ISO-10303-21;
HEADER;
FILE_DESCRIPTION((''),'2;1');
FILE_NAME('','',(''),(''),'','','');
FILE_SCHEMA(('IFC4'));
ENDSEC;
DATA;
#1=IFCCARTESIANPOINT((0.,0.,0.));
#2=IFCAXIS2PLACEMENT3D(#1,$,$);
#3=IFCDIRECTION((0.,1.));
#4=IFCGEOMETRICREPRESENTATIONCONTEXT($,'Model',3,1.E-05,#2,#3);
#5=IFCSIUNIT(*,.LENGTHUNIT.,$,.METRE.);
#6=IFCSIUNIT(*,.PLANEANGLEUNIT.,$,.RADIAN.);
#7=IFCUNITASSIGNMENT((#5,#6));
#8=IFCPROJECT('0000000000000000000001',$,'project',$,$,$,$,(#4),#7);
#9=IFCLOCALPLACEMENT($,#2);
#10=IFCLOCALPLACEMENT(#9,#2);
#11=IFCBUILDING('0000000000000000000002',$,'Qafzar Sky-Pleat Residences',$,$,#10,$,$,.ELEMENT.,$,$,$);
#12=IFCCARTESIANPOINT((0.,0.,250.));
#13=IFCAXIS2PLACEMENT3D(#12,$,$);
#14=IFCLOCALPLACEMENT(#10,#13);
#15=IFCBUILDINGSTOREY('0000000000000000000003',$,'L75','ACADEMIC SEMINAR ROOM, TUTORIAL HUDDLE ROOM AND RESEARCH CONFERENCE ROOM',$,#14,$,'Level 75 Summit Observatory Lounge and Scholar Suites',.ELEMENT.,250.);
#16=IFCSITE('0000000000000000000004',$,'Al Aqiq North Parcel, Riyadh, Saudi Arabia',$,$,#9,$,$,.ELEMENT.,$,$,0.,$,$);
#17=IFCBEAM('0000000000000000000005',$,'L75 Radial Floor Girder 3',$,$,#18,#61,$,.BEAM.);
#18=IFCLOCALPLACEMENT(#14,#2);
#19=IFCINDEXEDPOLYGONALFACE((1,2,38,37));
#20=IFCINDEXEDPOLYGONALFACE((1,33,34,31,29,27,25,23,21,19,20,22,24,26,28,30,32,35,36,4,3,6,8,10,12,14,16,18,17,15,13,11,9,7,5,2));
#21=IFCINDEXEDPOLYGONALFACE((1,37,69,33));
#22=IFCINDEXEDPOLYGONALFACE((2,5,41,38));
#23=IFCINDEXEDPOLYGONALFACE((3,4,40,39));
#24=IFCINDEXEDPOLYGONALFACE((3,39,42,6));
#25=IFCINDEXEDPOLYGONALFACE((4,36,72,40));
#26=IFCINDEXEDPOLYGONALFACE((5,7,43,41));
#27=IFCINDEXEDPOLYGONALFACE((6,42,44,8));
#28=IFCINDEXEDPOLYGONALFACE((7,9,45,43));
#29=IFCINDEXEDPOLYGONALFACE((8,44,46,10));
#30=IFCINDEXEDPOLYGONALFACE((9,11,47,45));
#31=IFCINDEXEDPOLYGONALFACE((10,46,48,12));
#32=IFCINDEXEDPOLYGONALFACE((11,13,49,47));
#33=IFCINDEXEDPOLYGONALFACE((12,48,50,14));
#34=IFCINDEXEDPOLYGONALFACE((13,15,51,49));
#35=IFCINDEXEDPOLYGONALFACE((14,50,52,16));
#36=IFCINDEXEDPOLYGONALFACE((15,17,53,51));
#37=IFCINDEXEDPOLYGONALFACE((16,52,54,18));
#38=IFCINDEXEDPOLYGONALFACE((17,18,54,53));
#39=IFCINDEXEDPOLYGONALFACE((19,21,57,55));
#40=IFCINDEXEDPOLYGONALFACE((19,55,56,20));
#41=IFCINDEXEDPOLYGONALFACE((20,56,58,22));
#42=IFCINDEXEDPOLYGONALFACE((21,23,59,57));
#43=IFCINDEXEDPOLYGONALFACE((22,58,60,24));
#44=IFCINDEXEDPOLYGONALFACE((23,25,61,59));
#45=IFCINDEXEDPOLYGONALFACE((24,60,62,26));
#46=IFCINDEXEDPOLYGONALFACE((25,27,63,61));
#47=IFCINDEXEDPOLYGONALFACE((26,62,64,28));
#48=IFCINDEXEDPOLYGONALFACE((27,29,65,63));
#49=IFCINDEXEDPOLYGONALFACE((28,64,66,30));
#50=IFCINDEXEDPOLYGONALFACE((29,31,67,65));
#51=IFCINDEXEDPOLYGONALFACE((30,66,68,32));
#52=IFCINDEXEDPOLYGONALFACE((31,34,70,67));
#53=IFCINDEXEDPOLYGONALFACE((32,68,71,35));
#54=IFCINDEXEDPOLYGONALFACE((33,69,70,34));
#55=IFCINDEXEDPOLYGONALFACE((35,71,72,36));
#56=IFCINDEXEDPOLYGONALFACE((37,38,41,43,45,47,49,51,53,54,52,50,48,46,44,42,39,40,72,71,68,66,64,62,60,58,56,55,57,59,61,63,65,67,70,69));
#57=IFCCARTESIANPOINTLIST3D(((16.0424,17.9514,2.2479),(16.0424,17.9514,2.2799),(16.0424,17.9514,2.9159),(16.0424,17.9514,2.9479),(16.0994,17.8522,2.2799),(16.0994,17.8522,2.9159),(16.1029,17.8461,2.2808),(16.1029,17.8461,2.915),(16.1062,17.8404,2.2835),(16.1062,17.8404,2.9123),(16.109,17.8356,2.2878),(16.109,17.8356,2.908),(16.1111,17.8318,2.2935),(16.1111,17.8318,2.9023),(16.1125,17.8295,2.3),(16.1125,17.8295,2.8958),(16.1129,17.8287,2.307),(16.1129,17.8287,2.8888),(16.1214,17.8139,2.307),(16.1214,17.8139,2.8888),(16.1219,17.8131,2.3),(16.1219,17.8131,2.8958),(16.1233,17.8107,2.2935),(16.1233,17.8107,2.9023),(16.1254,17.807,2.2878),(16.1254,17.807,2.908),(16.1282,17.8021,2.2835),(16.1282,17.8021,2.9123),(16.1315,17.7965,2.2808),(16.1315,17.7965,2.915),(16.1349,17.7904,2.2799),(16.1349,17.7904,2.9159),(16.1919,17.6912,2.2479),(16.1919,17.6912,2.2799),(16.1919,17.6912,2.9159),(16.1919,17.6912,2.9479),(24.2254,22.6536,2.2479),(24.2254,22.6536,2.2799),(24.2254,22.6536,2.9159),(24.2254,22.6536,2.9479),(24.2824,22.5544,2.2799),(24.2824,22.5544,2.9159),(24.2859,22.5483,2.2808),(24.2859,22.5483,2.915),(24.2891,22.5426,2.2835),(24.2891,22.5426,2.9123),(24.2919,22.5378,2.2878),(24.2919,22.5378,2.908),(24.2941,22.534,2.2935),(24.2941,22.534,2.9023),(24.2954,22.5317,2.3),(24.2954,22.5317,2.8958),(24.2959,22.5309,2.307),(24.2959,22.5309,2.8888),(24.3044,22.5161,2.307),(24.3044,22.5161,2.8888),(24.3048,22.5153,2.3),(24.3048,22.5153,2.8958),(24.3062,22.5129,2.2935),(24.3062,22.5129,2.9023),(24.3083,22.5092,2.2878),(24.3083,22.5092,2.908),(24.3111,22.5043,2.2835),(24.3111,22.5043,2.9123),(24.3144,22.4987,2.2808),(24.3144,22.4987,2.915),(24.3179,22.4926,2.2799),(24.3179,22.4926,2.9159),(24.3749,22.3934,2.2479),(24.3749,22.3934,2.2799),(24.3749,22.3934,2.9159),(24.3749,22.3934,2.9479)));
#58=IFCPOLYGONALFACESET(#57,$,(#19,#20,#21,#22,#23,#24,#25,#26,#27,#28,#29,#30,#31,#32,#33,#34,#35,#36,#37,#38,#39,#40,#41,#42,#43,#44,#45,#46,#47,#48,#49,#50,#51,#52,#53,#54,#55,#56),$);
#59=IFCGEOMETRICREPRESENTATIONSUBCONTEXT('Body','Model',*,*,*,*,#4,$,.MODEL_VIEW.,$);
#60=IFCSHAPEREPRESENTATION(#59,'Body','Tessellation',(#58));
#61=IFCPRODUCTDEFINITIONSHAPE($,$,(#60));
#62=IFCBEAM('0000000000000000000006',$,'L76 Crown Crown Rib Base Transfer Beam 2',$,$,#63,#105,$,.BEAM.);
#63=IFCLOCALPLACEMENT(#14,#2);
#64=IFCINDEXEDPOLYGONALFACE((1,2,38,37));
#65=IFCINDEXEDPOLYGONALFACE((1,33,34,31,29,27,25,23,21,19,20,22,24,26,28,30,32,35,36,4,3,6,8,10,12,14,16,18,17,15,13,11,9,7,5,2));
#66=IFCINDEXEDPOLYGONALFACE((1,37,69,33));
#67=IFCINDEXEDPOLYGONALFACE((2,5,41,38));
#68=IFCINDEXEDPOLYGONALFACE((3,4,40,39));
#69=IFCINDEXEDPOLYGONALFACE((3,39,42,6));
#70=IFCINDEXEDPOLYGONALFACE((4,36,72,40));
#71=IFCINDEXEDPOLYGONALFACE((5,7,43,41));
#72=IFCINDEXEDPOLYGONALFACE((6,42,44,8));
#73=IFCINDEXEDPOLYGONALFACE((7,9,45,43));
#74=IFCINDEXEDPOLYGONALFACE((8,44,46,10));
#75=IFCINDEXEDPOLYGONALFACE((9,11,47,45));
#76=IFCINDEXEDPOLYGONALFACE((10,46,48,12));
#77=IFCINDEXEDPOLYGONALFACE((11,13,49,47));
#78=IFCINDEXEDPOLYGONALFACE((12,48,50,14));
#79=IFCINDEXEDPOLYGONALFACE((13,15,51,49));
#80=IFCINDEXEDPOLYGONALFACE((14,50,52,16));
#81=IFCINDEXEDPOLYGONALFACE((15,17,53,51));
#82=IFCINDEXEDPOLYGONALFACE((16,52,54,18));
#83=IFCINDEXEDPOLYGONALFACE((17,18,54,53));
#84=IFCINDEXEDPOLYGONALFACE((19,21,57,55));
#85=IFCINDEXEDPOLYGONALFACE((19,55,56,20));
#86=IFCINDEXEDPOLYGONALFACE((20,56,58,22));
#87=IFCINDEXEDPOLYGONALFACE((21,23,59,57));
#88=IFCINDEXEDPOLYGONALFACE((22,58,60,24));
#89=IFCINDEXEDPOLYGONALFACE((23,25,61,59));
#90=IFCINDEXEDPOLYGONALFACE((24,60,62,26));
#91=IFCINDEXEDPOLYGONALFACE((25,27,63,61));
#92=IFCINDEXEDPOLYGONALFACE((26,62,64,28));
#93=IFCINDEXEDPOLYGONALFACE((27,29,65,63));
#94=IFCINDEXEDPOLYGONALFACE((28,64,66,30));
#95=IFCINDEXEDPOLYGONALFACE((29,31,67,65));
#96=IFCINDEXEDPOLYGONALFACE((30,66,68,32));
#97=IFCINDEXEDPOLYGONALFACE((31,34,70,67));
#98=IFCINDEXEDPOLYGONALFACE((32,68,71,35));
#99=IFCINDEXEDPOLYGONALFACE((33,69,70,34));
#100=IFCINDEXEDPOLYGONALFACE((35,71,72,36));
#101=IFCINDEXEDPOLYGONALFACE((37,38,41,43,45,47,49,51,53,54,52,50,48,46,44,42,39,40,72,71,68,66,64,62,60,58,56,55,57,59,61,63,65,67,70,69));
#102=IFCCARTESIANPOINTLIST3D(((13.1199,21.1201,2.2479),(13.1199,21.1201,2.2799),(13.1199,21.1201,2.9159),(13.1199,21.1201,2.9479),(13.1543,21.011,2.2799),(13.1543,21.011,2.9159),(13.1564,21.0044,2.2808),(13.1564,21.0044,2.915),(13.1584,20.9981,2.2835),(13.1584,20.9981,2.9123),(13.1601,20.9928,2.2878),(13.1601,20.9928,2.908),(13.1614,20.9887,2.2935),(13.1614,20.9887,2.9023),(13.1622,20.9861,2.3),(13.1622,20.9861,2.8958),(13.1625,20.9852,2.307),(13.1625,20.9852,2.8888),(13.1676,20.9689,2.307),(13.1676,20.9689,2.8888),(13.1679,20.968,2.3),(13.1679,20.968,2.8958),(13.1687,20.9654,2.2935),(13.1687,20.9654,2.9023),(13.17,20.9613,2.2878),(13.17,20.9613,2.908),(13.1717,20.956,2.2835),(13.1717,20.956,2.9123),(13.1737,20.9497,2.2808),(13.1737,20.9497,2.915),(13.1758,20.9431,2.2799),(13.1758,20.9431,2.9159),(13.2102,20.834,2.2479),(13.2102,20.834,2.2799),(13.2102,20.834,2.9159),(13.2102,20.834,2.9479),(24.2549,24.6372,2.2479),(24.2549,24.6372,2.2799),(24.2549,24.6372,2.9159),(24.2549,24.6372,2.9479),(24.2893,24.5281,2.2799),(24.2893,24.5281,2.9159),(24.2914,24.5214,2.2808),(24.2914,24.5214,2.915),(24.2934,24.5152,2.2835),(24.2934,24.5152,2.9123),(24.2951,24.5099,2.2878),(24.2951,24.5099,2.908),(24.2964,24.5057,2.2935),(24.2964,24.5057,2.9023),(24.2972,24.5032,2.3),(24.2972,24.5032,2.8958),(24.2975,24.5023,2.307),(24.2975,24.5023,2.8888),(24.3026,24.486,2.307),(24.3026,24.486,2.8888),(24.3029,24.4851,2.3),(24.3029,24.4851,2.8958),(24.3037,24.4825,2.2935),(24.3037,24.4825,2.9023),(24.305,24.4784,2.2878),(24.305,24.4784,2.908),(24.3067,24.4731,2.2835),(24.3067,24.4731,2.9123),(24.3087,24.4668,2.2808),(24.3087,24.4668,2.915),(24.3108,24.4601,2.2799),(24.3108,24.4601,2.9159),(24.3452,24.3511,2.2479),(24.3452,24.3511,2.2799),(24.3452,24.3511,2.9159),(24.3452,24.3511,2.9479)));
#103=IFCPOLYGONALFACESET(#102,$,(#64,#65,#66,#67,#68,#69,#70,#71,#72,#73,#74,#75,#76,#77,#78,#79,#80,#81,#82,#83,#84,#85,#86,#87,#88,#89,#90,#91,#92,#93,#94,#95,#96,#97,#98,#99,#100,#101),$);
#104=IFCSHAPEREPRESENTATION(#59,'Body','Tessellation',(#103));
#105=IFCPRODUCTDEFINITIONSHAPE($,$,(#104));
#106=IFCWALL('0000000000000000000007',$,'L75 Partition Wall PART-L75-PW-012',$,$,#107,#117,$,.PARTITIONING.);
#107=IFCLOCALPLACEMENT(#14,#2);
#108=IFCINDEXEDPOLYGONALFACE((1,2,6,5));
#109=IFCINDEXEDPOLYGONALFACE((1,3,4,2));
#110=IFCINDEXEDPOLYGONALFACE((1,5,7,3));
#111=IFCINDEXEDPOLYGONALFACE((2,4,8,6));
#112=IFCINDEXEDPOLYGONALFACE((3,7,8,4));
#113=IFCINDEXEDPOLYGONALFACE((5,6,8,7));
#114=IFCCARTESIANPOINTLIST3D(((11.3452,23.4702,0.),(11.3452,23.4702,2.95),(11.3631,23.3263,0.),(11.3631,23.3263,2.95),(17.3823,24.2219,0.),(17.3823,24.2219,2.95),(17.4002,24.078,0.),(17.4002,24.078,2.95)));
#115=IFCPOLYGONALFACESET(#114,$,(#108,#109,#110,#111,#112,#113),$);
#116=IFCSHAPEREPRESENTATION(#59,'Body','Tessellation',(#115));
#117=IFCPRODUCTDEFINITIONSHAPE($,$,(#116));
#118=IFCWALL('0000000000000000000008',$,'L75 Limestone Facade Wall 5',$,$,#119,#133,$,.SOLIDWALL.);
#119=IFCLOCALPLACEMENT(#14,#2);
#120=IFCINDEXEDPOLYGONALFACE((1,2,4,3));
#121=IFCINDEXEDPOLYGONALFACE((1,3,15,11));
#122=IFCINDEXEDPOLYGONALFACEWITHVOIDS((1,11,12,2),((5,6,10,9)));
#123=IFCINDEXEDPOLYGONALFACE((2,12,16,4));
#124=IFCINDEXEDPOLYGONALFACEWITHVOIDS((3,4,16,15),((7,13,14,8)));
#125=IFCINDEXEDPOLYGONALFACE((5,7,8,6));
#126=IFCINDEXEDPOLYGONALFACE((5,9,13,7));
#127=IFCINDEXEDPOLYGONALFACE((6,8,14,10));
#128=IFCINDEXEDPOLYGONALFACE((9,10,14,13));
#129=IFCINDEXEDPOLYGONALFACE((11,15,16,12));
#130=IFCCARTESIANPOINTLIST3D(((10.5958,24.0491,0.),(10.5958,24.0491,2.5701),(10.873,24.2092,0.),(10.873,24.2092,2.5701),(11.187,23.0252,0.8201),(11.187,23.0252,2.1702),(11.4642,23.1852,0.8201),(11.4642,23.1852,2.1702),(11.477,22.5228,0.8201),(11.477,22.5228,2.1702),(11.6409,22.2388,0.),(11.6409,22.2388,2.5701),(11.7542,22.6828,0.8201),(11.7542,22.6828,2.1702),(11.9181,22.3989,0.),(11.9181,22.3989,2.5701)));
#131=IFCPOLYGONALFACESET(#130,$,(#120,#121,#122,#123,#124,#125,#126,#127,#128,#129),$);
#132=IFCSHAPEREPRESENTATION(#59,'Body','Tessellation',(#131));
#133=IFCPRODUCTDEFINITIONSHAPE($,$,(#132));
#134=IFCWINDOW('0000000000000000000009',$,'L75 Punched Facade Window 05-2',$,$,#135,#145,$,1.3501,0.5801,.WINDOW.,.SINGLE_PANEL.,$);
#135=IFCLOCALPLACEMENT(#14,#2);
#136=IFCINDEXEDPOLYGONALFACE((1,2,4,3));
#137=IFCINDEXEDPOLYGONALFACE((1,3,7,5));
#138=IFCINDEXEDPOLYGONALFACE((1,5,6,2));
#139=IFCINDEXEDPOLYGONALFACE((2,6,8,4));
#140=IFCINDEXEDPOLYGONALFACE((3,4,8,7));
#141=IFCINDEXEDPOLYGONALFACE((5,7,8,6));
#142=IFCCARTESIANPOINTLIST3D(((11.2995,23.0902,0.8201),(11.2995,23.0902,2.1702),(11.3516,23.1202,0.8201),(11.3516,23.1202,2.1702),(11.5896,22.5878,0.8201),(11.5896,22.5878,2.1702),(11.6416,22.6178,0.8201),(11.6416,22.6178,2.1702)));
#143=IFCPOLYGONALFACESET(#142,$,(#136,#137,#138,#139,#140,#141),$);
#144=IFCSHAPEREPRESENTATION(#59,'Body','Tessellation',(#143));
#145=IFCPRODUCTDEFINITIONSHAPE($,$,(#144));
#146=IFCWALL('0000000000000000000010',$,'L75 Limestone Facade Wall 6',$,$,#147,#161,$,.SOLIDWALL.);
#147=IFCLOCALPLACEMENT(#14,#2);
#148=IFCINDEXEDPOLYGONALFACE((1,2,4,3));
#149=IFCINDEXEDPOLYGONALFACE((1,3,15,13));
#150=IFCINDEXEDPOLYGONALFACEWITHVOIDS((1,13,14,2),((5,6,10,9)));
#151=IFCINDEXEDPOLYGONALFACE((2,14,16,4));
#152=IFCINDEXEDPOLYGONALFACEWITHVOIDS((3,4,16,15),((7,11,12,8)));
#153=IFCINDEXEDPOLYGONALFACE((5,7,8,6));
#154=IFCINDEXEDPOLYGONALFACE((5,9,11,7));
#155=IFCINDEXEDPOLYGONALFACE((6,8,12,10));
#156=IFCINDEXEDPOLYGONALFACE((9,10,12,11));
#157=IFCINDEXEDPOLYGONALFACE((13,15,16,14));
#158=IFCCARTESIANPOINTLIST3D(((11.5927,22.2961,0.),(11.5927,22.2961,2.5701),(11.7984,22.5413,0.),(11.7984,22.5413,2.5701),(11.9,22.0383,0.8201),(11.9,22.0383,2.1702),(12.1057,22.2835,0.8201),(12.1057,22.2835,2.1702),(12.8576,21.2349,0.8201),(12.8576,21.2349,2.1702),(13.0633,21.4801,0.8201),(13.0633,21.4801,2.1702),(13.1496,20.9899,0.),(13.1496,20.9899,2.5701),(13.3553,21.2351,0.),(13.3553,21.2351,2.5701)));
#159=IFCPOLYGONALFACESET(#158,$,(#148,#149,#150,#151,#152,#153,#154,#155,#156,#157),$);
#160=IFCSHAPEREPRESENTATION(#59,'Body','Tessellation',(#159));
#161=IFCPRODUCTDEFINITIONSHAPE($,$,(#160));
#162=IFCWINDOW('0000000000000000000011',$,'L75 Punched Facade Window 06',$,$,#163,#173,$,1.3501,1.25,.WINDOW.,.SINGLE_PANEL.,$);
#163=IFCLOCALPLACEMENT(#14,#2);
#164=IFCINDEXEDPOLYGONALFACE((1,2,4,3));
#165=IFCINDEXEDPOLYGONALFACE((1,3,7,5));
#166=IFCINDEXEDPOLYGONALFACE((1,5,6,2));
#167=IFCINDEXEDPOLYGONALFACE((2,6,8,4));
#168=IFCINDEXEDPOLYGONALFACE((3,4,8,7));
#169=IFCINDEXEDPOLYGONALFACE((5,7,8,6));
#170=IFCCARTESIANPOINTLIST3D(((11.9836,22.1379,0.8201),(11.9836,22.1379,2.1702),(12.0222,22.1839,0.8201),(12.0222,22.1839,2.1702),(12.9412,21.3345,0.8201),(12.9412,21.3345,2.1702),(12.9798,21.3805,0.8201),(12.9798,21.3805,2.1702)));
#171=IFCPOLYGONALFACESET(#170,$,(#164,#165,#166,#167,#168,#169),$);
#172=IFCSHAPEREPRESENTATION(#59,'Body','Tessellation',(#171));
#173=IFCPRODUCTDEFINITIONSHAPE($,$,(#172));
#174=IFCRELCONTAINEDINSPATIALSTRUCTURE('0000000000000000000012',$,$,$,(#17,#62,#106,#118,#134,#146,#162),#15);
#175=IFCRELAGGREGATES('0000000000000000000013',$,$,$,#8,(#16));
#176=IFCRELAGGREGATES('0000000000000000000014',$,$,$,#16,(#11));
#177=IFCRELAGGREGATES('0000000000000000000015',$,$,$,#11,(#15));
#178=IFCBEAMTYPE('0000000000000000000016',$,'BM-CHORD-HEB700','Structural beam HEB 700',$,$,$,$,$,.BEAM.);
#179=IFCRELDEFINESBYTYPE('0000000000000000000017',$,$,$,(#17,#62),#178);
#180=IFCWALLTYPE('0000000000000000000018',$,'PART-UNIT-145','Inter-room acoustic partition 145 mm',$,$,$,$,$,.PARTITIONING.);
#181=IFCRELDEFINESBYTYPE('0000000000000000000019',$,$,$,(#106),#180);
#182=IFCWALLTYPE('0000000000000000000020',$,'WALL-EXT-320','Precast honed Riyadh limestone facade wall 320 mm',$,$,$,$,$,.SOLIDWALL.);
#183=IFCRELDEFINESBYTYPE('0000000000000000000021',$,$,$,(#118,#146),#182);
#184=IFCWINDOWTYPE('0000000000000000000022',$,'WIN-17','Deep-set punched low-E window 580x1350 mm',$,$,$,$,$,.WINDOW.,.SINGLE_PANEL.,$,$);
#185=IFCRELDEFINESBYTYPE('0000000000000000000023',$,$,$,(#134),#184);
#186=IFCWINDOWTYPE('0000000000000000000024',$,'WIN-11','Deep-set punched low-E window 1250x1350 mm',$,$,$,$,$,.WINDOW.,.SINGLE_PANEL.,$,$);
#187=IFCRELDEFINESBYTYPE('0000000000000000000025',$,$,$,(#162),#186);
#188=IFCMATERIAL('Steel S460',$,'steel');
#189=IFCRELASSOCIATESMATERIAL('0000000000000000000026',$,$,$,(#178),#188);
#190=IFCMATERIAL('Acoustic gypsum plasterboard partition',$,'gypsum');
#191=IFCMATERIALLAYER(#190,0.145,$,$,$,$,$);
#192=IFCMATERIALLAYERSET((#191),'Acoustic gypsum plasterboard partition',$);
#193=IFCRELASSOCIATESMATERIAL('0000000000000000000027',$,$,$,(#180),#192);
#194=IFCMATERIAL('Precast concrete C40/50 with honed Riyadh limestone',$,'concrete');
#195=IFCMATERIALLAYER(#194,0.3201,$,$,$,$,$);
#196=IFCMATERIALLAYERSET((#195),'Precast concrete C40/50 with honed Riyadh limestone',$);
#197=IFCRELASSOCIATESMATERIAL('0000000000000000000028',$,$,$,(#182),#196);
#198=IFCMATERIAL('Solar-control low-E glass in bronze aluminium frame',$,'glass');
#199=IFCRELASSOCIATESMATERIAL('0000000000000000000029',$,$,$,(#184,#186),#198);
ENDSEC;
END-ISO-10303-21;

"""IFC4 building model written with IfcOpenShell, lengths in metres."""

from ifc_helpers import new_model, si_unit, direction, frame, frame_2d, origin, origin_2d, place, context, subcontext, project, spatial, rectangle, i_section, extrude, source, transform, mapped, material, layer, layer_set, material_profile, profile_set, type_object, element, fill, save


model = new_model("IFC4")

# Units and contexts
model_context = context("Model", 3, precision=1e-05, world=origin(), true_north=direction((0.0, 1.0)))
body_context = subcontext(model_context, "Body", "Model", "MODEL_VIEW")
ifc_project = project(units=[si_unit("LENGTHUNIT", "METRE"), si_unit("PLANEANGLEUNIT", "RADIAN")], contexts=[model_context])

# Site, building, storey
site_placement = place(None, origin())
site = spatial("IfcSite", under=ifc_project, at=site_placement, Name="Al Aqiq North Parcel, Riyadh, Saudi Arabia", CompositionType="ELEMENT", RefElevation=0.0)
building_placement = place(site_placement, origin())
building = spatial("IfcBuilding", under=site, at=building_placement, Name="Qafzar Sky-Pleat Residences", CompositionType="ELEMENT")
storey_placement = place(building_placement, frame((0.0, 0.0, 250.0)))
storey = spatial("IfcBuildingStorey", under=building, at=storey_placement, Name="L75", Description="ACADEMIC SEMINAR ROOM, TUTORIAL HUDDLE ROOM AND RESEARCH CONFERENCE ROOM", LongName="Level 75 Summit Observatory Lounge and Scholar Suites", CompositionType="ELEMENT", Elevation=250.0)

# Beams
ifc_material_1 = material(Name="Steel S460", Category="steel")
ifc_material_profile_1 = material_profile(ifc_material_1, i_section(OverallWidth=0.3, OverallDepth=0.7, WebThickness=0.0171, FlangeThickness=0.032, FilletRadius=0.0271, at=origin_2d()), Name="HEB 700")
ifc_profile_set_1 = profile_set([ifc_material_profile_1], Name="Steel S460")
beam_type_1 = type_object("IfcBeamType", Name="BM-CHORD-HEB700", Description="Structural beam HEB 700", PredefinedType="BEAM", material=ifc_profile_set_1)
shared_shape_1 = source(origin(), body_context, "Body", "SweptSolid", [
    extrude(i_section(OverallWidth=0.3, OverallDepth=0.7, WebThickness=0.0171, FlangeThickness=0.032, FilletRadius=0.0271, at=origin_2d()), origin(), (0.0, 0.0, 1.0), 9.4377),
])
beam_1_placement = place(storey_placement, frame((16.1172, 17.8213, 2.5979), z_axis=(0.867043, 0.498232, 0.0), x_axis=(-0.498232, 0.867043, 0.0)))
element("IfcBeam", 1, at=beam_1_placement, inside=storey, type_object=beam_type_1, Name="L75 Radial Floor Girder 3", PredefinedType="BEAM", context=body_context, shape_type="MappedRepresentation", body=[
    mapped(shared_shape_1, transform((0.0, 0.0, 0.0), x_axis=(1.0, 0.0, 0.0), y_axis=(0.0, 1.0, 0.0), z_axis=(0.0, 0.0, 1.0), scale=1.0)),
])
shared_shape_2 = source(origin(), body_context, "Body", "SweptSolid", [
    extrude(i_section(OverallWidth=0.3, OverallDepth=0.7, WebThickness=0.0171, FlangeThickness=0.032, FilletRadius=0.0271, at=origin_2d()), origin(), (0.0, 0.0, 1.0), 11.6772),
])
beam_2_placement = place(storey_placement, frame((13.165, 20.9771, 2.5979), z_axis=(0.953564, 0.301191, 0.0), x_axis=(-0.301191, 0.953564, 0.0)))
element("IfcBeam", 2, at=beam_2_placement, inside=storey, type_object=beam_type_1, Name="L76 Crown Crown Rib Base Transfer Beam 2", PredefinedType="BEAM", context=body_context, shape_type="MappedRepresentation", body=[
    mapped(shared_shape_2, transform((0.0, 0.0, 0.0), x_axis=(1.0, 0.0, 0.0), y_axis=(0.0, 1.0, 0.0), z_axis=(0.0, 0.0, 1.0), scale=1.0)),
])

# Wall
ifc_material_2 = material(Name="Acoustic gypsum plasterboard partition", Category="gypsum")
ifc_layer_1 = layer(ifc_material_2, 0.145)
ifc_layer_set_1 = layer_set([ifc_layer_1], Name="Acoustic gypsum plasterboard partition")
wall_type_1 = type_object("IfcWallType", Name="PART-UNIT-145", Description="Inter-room acoustic partition 145 mm", PredefinedType="PARTITIONING", material=ifc_layer_set_1)
wall_1_placement = place(storey_placement, frame((11.354, 23.3982, 0.0), z_axis=(0.0, 0.0, 1.0), x_axis=(0.992337, 0.123561, 0.0)))
element("IfcWall", 3, at=wall_1_placement, inside=storey, type_object=wall_type_1, Name="L75 Partition Wall PART-L75-PW-012", PredefinedType="PARTITIONING", context=body_context, shape_type="SweptSolid", body=[
    extrude(rectangle(XDim=6.0837, YDim=0.145, at=frame_2d((3.042, 0.0))), origin(), (0.0, 0.0, 1.0), 2.95),
])

# Walls, openings, windows
ifc_material_3 = material(Name="Precast concrete C40/50 with honed Riyadh limestone", Category="concrete")
ifc_layer_2 = layer(ifc_material_3, 0.3201)
ifc_layer_set_2 = layer_set([ifc_layer_2], Name="Precast concrete C40/50 with honed Riyadh limestone")
wall_type_2 = type_object("IfcWallType", Name="WALL-EXT-320", Description="Precast honed Riyadh limestone facade wall 320 mm", PredefinedType="SOLIDWALL", material=ifc_layer_set_2)
wall_2_placement = place(storey_placement, frame((10.7344, 24.1292, 0.0), z_axis=(0.0, 0.0, 1.0), x_axis=(0.499995, -0.866028, 0.0)))
wall_2 = element("IfcWall", 4, at=wall_2_placement, inside=storey, type_object=wall_type_2, Name="L75 Limestone Facade Wall 5", PredefinedType="SOLIDWALL", context=body_context, shape_type="SweptSolid", body=[
    extrude(rectangle(XDim=2.0903, YDim=0.3201, at=frame_2d((1.0452, 0.0))), origin(), (0.0, 0.0, 1.0), 2.5701),
])
opening_1_placement = place(wall_2_placement, frame((1.1824, 0.0, 0.8201)))
opening_1 = element("IfcOpeningElement", 5, at=opening_1_placement, cuts=wall_2, PredefinedType="OPENING", context=body_context, shape_type="SweptSolid", body=[
    extrude(rectangle(XDim=0.5801, YDim=1.3501, at=frame_2d((0.29, 0.675))), frame((0.0, 0.1699, 0.0), z_axis=(0.0, -1.0, 0.0), x_axis=(1.0, 0.0, 0.0)), (0.0, 0.0, 1.0), 0.3401),
])
ifc_material_4 = material(Name="Solar-control low-E glass in bronze aluminium frame", Category="glass")
window_type_1 = type_object("IfcWindowType", Name="WIN-17", Description="Deep-set punched low-E window 580x1350 mm", PartitioningType="SINGLE_PANEL", PredefinedType="WINDOW", material=ifc_material_4)
shared_shape_3 = source(origin(), body_context, "Body", "SweptSolid", [
    extrude(rectangle(XDim=0.5801, YDim=1.3501, at=frame_2d((0.29, 0.675))), frame((0.0, 0.03, 0.0), z_axis=(0.0, -1.0, 0.0), x_axis=(1.0, 0.0, 0.0)), (0.0, 0.0, 1.0), 0.0601),
])
window_1_placement = place(opening_1_placement, origin())
window_1 = element("IfcWindow", 6, at=window_1_placement, inside=storey, type_object=window_type_1, Name="L75 Punched Facade Window 05-2", OverallHeight=1.3501, OverallWidth=0.5801, PartitioningType="SINGLE_PANEL", PredefinedType="WINDOW", context=body_context, shape_type="MappedRepresentation", body=[
    mapped(shared_shape_3, transform((0.0, 0.0, 0.0), x_axis=(1.0, 0.0, 0.0), y_axis=(0.0, 1.0, 0.0), z_axis=(0.0, 0.0, 1.0), scale=1.0)),
])
fill(opening_1, window_1)
wall_3_placement = place(storey_placement, frame((11.6956, 22.4187, 0.0), z_axis=(0.0, 0.0, 1.0), x_axis=(0.7661, -0.642721, 0.0)))
wall_3 = element("IfcWall", 7, at=wall_3_placement, inside=storey, type_object=wall_type_2, Name="L75 Limestone Facade Wall 6", PredefinedType="SOLIDWALL", context=body_context, shape_type="SweptSolid", body=[
    extrude(rectangle(XDim=2.0322, YDim=0.3201, at=frame_2d((1.0161, 0.0))), origin(), (0.0, 0.0, 1.0), 2.5701),
])
opening_2_placement = place(wall_3_placement, frame((0.4011, 0.0, 0.8201)))
opening_2 = element("IfcOpeningElement", 8, at=opening_2_placement, cuts=wall_3, PredefinedType="OPENING", context=body_context, shape_type="SweptSolid", body=[
    extrude(rectangle(XDim=1.25, YDim=1.3501, at=frame_2d((0.625, 0.675))), frame((0.0, 0.1699, 0.0), z_axis=(0.0, -1.0, 0.0), x_axis=(1.0, 0.0, 0.0)), (0.0, 0.0, 1.0), 0.3401),
])
window_type_2 = type_object("IfcWindowType", Name="WIN-11", Description="Deep-set punched low-E window 1250x1350 mm", PartitioningType="SINGLE_PANEL", PredefinedType="WINDOW", material=ifc_material_4)
shared_shape_4 = source(origin(), body_context, "Body", "SweptSolid", [
    extrude(rectangle(XDim=1.25, YDim=1.3501, at=frame_2d((0.625, 0.675))), frame((0.0, 0.03, 0.0), z_axis=(0.0, -1.0, 0.0), x_axis=(1.0, 0.0, 0.0)), (0.0, 0.0, 1.0), 0.0601),
])
window_2_placement = place(opening_2_placement, origin())
window_2 = element("IfcWindow", 9, at=window_2_placement, inside=storey, type_object=window_type_2, Name="L75 Punched Facade Window 06", OverallHeight=1.3501, OverallWidth=1.25, PartitioningType="SINGLE_PANEL", PredefinedType="WINDOW", context=body_context, shape_type="MappedRepresentation", body=[
    mapped(shared_shape_4, transform((0.0, 0.0, 0.0), x_axis=(1.0, 0.0, 0.0), y_axis=(0.0, 1.0, 0.0), z_axis=(0.0, 0.0, 1.0), scale=1.0)),
])
fill(opening_2, window_2)

save(model, "model.ifc")
